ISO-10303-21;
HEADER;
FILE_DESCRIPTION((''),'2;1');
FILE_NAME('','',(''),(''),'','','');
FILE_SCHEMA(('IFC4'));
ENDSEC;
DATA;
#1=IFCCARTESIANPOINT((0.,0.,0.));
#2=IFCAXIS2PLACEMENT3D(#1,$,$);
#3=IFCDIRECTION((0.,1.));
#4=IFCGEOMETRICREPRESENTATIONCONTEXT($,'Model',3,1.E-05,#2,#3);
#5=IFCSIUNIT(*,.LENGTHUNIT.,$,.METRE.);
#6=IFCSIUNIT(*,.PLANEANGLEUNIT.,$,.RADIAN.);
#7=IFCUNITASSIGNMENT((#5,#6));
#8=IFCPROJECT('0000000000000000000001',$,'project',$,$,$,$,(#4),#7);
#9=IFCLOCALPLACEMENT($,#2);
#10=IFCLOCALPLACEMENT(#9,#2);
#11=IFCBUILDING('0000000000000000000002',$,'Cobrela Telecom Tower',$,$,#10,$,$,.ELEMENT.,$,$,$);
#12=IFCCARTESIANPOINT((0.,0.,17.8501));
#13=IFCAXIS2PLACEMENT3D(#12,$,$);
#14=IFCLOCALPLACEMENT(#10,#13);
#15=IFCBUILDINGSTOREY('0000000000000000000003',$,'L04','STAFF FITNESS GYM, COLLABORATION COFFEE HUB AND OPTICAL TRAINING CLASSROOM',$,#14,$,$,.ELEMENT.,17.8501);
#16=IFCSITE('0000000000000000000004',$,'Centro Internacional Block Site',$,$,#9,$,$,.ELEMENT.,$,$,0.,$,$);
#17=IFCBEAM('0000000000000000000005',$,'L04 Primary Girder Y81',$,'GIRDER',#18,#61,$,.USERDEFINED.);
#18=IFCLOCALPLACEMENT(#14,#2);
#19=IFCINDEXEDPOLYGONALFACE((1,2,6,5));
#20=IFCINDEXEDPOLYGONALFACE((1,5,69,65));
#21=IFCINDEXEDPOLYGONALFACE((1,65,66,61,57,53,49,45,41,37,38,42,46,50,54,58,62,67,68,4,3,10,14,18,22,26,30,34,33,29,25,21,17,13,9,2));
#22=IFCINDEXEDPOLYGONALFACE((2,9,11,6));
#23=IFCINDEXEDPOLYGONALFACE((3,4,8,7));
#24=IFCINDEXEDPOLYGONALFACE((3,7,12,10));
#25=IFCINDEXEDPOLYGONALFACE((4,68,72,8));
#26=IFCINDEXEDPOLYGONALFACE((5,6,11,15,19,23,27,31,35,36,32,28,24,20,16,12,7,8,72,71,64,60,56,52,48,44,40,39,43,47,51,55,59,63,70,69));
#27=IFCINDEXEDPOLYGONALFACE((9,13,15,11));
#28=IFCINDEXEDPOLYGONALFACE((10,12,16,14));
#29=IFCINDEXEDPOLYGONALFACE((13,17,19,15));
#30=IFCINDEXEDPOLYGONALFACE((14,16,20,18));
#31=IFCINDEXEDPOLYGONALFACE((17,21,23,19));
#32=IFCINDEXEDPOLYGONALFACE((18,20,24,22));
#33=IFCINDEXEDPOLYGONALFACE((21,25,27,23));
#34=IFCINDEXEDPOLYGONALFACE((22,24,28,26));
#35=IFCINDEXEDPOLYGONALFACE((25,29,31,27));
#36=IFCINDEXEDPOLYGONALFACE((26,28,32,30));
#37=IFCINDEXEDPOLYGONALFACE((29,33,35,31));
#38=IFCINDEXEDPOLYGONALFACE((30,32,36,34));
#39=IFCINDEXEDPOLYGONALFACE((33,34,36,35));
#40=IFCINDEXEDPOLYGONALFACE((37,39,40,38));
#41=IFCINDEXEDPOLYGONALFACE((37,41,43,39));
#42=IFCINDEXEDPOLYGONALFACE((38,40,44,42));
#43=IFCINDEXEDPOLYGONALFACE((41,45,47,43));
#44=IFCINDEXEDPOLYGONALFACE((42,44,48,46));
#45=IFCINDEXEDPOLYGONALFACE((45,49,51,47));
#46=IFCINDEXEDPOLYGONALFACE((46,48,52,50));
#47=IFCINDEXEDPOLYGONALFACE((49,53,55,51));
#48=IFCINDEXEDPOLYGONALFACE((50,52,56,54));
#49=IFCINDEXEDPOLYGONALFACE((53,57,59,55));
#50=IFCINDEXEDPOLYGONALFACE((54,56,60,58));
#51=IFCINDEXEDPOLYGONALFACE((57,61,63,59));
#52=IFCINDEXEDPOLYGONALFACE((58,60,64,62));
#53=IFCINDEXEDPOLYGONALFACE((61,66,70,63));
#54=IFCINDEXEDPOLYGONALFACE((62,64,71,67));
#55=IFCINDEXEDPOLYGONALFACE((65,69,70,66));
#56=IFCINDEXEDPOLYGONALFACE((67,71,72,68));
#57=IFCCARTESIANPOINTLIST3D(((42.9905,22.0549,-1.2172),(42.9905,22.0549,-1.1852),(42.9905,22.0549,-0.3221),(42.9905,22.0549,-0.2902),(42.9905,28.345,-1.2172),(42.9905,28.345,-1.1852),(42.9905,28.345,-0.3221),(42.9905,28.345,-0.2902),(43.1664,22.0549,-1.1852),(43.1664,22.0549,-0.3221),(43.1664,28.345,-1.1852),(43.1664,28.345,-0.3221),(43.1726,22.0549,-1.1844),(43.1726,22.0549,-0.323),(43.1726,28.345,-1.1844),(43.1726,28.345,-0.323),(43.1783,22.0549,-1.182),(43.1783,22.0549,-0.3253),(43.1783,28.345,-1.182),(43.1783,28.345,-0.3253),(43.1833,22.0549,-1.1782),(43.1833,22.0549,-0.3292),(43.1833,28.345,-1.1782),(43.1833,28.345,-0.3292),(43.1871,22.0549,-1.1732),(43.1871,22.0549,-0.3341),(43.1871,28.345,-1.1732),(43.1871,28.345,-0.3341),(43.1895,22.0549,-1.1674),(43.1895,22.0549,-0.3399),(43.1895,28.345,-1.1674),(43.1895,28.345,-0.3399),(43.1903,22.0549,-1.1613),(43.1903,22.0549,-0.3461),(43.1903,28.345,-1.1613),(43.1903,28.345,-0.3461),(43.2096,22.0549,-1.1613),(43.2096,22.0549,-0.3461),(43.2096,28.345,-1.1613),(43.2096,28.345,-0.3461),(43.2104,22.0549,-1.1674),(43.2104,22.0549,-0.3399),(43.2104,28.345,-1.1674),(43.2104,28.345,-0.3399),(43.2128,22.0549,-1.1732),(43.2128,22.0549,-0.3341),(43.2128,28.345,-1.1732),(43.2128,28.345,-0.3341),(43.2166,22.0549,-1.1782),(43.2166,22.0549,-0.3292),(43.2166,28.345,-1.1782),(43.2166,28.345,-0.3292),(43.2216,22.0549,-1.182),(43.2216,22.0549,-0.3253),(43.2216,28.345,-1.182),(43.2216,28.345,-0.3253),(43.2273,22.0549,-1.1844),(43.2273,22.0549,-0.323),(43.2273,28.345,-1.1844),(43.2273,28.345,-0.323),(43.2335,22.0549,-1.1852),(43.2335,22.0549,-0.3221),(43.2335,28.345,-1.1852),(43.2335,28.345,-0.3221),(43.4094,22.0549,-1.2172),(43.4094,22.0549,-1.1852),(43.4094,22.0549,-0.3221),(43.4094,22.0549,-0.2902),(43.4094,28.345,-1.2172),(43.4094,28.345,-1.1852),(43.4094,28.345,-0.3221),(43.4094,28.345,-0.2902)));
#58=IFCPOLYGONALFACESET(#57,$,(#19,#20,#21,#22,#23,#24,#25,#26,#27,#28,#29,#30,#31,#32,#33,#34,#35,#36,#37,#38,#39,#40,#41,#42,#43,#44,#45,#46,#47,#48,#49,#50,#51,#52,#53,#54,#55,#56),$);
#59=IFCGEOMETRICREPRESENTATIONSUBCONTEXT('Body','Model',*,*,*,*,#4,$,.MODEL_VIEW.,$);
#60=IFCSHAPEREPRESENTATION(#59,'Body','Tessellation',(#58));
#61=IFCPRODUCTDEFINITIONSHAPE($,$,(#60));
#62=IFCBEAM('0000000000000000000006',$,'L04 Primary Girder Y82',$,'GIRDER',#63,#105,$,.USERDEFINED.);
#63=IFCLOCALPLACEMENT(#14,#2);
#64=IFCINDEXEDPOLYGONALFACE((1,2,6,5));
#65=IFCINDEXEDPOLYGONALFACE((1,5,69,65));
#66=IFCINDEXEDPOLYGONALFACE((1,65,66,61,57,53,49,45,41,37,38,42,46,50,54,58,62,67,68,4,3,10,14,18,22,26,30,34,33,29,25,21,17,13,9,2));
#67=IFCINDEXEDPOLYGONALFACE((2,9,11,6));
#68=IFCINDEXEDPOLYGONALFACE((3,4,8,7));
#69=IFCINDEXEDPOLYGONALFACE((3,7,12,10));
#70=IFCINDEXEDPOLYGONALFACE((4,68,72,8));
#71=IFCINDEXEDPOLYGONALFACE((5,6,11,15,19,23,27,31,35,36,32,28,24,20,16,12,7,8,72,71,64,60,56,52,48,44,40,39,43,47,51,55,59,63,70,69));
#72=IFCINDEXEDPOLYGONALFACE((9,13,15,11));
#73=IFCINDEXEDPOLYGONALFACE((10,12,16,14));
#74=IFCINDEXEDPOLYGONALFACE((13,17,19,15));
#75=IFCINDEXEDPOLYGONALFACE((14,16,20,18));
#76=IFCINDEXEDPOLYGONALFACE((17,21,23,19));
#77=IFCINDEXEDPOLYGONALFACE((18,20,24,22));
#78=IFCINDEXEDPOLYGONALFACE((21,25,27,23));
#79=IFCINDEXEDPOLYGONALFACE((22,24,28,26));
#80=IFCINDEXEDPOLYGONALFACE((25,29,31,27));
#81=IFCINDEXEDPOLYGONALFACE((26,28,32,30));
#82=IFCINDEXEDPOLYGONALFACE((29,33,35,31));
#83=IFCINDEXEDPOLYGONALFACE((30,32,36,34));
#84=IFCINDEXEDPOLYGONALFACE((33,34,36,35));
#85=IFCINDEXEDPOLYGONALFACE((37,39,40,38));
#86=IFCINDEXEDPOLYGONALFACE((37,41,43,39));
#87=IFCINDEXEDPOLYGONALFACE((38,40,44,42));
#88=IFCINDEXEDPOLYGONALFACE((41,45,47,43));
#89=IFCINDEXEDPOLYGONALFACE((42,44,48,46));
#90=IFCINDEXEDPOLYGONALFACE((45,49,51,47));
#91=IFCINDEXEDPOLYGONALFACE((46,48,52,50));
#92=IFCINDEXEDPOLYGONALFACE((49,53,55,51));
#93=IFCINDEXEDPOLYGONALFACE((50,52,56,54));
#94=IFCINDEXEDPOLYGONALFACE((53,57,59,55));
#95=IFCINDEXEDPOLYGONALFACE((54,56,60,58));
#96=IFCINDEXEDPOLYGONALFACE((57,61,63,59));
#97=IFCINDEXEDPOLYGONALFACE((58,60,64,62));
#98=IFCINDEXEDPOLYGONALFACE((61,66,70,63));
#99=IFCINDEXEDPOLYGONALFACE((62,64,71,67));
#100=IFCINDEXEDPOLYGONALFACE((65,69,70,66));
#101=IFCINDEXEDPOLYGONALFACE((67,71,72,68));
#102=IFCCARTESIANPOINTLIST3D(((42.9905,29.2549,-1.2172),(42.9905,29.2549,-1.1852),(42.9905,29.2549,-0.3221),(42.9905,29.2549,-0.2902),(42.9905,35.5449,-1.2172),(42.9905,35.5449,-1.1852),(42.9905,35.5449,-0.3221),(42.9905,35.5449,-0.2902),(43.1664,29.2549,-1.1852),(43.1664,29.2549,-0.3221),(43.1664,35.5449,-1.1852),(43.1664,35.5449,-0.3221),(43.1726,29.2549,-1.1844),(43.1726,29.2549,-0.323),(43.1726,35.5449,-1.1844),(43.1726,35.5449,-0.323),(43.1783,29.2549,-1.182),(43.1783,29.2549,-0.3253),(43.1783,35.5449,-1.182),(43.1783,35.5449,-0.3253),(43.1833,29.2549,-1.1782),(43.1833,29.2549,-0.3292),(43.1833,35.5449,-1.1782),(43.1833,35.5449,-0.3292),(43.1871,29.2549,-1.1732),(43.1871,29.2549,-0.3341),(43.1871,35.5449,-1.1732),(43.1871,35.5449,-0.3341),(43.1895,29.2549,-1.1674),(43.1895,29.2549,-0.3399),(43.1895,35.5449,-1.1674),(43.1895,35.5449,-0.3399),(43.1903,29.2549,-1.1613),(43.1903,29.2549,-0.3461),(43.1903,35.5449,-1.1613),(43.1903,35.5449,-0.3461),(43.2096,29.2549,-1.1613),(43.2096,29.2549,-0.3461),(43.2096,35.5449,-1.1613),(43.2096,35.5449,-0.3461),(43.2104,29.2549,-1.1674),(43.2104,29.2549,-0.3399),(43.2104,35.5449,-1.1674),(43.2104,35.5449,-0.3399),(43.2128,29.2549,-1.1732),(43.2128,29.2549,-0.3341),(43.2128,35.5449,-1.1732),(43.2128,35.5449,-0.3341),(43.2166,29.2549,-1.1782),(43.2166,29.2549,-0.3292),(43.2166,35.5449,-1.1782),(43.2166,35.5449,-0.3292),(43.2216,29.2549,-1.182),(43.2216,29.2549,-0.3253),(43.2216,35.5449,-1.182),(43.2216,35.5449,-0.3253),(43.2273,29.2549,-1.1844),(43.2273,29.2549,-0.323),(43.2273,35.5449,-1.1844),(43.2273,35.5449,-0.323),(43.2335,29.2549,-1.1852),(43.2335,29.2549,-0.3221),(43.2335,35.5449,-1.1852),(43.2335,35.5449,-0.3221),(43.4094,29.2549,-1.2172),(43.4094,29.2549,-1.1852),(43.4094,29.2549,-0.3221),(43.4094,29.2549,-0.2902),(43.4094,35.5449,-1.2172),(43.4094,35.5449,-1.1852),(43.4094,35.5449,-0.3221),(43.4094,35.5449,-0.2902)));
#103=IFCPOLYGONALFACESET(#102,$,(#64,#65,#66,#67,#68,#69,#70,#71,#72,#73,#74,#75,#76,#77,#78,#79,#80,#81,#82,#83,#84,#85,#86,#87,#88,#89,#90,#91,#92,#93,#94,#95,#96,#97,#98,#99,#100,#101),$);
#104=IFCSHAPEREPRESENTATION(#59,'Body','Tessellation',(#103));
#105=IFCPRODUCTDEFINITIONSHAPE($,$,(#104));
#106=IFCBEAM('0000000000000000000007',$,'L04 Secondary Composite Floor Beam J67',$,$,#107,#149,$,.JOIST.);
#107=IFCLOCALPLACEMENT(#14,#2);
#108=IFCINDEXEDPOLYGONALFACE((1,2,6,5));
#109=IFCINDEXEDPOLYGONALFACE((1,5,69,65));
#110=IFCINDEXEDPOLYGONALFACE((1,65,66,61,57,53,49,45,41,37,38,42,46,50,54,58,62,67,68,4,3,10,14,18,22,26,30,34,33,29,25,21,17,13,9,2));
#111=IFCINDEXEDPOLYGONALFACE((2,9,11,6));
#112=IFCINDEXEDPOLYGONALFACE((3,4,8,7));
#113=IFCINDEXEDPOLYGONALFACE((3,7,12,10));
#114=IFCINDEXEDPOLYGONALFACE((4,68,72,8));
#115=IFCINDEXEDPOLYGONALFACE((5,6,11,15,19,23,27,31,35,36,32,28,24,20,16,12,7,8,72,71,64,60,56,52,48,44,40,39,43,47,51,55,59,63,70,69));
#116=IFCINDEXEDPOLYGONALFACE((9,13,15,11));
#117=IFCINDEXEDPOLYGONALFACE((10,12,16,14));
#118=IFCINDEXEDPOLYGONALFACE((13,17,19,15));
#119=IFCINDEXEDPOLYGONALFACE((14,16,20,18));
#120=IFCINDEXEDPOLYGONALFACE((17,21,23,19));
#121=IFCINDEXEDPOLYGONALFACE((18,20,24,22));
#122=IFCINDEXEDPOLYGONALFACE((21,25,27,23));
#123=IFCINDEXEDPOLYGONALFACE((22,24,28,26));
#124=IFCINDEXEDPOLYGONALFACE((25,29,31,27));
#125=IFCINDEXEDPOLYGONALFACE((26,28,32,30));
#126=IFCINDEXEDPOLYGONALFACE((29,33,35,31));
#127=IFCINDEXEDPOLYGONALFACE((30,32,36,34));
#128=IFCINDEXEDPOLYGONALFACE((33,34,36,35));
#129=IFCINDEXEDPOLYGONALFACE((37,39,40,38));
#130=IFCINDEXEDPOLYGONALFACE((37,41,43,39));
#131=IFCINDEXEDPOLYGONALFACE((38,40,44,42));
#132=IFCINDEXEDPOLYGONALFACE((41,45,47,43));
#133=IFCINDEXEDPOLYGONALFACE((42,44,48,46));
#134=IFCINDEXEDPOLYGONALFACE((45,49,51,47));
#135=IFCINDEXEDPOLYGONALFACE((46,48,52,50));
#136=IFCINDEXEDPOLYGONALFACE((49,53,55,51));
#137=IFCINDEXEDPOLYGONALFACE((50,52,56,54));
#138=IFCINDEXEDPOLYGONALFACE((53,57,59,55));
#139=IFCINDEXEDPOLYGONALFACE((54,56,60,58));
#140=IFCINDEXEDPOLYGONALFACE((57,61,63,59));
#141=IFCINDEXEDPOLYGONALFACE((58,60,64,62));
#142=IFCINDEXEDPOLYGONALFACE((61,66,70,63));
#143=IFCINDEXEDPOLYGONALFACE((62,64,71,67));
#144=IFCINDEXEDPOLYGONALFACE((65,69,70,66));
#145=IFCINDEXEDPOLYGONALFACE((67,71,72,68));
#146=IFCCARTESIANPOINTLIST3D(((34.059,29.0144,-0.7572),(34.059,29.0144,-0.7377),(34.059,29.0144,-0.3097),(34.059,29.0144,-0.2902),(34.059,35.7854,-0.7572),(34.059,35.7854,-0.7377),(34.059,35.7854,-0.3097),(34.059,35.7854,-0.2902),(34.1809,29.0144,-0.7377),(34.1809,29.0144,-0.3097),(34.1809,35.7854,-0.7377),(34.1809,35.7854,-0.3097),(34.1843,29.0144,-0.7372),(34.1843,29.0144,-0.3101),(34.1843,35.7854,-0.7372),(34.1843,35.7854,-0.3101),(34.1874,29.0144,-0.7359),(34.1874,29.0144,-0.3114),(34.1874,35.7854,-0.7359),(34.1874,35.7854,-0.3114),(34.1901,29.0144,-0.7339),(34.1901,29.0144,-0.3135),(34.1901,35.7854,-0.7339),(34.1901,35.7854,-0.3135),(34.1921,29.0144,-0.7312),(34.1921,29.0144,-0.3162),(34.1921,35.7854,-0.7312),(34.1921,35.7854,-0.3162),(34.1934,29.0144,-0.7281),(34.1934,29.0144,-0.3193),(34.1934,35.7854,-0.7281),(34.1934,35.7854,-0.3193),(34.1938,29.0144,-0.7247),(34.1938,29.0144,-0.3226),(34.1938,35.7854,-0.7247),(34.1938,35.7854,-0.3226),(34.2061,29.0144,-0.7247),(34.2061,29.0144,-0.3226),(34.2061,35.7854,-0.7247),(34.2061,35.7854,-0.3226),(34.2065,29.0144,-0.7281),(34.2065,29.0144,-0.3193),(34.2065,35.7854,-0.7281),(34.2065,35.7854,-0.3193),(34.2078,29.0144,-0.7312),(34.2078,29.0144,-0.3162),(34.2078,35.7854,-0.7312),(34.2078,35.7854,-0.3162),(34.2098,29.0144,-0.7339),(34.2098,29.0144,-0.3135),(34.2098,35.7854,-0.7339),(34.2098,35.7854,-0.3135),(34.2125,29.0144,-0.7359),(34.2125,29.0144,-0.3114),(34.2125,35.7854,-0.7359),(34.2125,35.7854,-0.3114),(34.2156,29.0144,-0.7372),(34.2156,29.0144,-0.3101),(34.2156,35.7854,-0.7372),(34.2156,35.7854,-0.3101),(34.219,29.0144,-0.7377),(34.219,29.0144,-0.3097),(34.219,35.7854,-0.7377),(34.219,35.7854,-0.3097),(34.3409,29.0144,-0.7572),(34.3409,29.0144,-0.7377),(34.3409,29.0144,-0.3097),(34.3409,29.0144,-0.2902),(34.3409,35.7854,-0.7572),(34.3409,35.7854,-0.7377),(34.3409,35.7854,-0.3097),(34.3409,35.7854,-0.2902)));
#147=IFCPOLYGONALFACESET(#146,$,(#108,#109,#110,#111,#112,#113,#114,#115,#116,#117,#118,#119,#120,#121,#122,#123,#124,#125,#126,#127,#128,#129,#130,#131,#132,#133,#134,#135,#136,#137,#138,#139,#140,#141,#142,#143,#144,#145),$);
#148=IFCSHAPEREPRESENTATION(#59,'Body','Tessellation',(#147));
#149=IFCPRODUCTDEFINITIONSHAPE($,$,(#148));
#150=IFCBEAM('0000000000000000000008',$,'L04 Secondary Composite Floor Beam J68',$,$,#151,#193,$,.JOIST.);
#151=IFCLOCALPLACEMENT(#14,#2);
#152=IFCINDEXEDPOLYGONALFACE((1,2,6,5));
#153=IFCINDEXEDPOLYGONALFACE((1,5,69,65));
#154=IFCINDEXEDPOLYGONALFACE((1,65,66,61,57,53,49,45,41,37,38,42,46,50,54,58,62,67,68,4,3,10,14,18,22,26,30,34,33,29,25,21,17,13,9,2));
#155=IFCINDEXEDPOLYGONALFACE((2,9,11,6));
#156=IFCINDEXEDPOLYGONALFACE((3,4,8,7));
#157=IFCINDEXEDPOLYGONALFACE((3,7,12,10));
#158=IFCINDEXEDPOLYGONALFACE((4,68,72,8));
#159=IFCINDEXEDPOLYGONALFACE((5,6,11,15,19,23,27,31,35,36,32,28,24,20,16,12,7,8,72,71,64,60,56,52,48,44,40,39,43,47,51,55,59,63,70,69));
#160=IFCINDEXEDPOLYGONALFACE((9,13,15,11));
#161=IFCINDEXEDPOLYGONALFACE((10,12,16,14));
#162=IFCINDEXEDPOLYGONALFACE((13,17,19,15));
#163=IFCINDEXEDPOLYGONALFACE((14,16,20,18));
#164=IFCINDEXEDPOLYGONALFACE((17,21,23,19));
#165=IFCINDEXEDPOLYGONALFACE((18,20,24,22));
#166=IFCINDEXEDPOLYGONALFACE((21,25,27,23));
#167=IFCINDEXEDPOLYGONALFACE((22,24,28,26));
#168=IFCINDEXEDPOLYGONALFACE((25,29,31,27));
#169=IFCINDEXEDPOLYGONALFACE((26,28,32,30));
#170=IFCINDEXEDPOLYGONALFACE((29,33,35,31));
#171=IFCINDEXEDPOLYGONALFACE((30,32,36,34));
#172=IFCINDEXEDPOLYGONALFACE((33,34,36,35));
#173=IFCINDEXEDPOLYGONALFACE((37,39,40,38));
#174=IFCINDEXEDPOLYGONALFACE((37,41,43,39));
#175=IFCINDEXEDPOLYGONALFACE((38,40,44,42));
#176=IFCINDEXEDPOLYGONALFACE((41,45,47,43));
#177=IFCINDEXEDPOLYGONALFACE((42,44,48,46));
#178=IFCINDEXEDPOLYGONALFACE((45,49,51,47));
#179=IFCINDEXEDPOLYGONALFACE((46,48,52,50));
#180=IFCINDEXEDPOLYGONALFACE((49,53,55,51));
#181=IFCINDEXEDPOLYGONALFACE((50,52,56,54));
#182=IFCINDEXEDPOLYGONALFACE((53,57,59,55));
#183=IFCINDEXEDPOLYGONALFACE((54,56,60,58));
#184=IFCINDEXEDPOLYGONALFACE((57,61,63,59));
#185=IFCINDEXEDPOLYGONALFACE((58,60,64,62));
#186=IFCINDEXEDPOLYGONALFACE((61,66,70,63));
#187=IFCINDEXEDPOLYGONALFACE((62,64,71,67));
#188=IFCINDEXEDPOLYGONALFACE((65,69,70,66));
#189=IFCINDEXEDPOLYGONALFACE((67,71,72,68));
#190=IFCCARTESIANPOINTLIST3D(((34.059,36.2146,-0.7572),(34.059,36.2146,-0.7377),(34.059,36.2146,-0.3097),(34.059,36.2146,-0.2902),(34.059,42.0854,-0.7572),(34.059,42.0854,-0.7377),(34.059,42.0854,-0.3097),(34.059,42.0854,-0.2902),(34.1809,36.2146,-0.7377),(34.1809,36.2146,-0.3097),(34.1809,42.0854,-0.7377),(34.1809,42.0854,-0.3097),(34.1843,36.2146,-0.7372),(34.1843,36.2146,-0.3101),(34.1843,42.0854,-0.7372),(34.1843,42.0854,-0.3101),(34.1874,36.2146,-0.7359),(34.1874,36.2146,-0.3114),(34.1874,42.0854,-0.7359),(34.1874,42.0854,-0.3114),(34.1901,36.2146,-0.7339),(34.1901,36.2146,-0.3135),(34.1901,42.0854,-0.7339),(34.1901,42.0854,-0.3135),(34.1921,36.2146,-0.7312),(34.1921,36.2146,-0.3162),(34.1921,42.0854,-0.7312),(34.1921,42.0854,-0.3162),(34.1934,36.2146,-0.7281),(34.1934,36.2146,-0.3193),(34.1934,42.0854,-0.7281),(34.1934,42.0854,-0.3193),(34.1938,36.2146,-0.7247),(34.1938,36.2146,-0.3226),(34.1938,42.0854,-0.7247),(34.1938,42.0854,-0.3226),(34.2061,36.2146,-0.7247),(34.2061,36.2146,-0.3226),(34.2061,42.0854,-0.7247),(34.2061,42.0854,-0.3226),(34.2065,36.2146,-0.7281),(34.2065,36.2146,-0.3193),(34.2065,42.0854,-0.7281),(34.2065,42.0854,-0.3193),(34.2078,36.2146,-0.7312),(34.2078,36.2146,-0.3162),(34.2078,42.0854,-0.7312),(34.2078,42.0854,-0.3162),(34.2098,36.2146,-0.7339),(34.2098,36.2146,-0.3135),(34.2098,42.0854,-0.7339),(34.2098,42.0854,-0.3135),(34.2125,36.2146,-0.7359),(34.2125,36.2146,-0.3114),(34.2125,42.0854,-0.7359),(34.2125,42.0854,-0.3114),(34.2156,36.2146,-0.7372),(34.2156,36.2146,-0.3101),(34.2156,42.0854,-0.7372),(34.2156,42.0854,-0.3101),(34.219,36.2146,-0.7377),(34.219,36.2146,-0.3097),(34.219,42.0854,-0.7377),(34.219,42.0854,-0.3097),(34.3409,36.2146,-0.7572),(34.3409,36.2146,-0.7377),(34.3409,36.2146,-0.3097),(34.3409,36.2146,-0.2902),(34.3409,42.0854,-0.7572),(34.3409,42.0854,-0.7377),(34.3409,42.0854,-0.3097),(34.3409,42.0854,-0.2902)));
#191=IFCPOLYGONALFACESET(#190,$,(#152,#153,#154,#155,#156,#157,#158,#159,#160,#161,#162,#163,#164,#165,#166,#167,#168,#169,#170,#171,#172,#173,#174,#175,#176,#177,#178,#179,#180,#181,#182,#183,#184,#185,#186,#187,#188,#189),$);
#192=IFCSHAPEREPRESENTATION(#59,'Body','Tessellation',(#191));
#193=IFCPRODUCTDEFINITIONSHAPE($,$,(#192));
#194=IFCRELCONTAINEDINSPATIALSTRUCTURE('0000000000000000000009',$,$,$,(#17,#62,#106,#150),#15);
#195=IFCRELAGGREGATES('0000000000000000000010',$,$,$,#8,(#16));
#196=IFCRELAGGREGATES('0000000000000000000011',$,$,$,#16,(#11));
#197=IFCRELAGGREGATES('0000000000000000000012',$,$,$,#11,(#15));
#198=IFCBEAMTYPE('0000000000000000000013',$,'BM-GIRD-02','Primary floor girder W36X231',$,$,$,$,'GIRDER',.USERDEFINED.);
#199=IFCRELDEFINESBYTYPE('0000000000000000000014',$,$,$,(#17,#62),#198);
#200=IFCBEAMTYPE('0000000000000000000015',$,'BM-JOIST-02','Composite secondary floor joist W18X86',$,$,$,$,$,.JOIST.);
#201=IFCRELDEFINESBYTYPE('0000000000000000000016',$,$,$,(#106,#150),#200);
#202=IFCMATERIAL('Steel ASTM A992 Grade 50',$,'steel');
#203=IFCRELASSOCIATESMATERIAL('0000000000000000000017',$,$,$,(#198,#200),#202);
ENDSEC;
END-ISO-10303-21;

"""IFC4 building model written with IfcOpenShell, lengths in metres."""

from ifc_helpers import new_model, si_unit, direction, frame, origin, origin_2d, place, context, subcontext, project, spatial, i_section, extrude, material, material_profile, profile_set, type_object, element, save


model = new_model("IFC4")

# Units and contexts
model_context = context("Model", 3, precision=1e-05, world=origin(), true_north=direction((0.0, 1.0)))
body_context = subcontext(model_context, "Body", "Model", "MODEL_VIEW")
ifc_project = project(units=[si_unit("LENGTHUNIT", "METRE"), si_unit("PLANEANGLEUNIT", "RADIAN")], contexts=[model_context])

# Site, building, storey
site_placement = place(None, origin())
site = spatial("IfcSite", under=ifc_project, at=site_placement, Name="Centro Internacional Block Site", CompositionType="ELEMENT", RefElevation=0.0)
building_placement = place(site_placement, origin())
building = spatial("IfcBuilding", under=site, at=building_placement, Name="Cobrela Telecom Tower", CompositionType="ELEMENT")
storey_placement = place(building_placement, frame((0.0, 0.0, 17.8501)))
storey = spatial("IfcBuildingStorey", under=building, at=storey_placement, Name="L04", Description="STAFF FITNESS GYM, COLLABORATION COFFEE HUB AND OPTICAL TRAINING CLASSROOM", CompositionType="ELEMENT", Elevation=17.8501)

# Beams
ifc_material_1 = material(Name="Steel ASTM A992 Grade 50", Category="steel")
ifc_material_profile_1 = material_profile(ifc_material_1, i_section(OverallWidth=0.4189, OverallDepth=0.927, WebThickness=0.0193, FlangeThickness=0.032, FilletRadius=0.0239, at=origin_2d()), Name="W36X231")
ifc_profile_set_1 = profile_set([ifc_material_profile_1], Name="Steel ASTM A992 Grade 50")
beam_type_1 = type_object("IfcBeamType", Name="BM-GIRD-02", Description="Primary floor girder W36X231", ElementType="GIRDER", PredefinedType="USERDEFINED", material=ifc_profile_set_1)
for number, where, z_axis, x_axis, name in (
    (1, (43.2, 22.0549, -0.7537), (0.0, 1.0, 0.0), (-1.0, 0.0, 0.0), "L04 Primary Girder Y81"),
    (2, (43.2, 29.2549, -0.7537), (0.0, 1.0, 0.0), (-1.0, 0.0, 0.0), "L04 Primary Girder Y82"),
):
    element("IfcBeam", number, at=place(storey_placement, frame(where, z_axis=z_axis, x_axis=x_axis)), inside=storey, type_object=beam_type_1, Name=name, ObjectType="GIRDER", PredefinedType="USERDEFINED", context=body_context, shape_type="SweptSolid", body=[
        extrude(i_section(OverallWidth=0.4189, OverallDepth=0.927, WebThickness=0.0193, FlangeThickness=0.032, FilletRadius=0.0239, at=origin_2d()), origin(), (0.0, 0.0, 1.0), 6.29),
    ])
ifc_material_profile_2 = material_profile(ifc_material_1, i_section(OverallWidth=0.282, OverallDepth=0.467, WebThickness=0.0122, FlangeThickness=0.0195, FilletRadius=0.0129, at=origin_2d()), Name="W18X86")
ifc_profile_set_2 = profile_set([ifc_material_profile_2], Name="Steel ASTM A992 Grade 50")
beam_type_2 = type_object("IfcBeamType", Name="BM-JOIST-02", Description="Composite secondary floor joist W18X86", PredefinedType="JOIST", material=ifc_profile_set_2)
beam_1_placement = place(storey_placement, frame((34.2, 29.0144, -0.5237), z_axis=(0.0, 1.0, 0.0), x_axis=(-1.0, 0.0, 0.0)))
element("IfcBeam", 3, at=beam_1_placement, inside=storey, type_object=beam_type_2, Name="L04 Secondary Composite Floor Beam J67", PredefinedType="JOIST", context=body_context, shape_type="SweptSolid", body=[
    extrude(i_section(OverallWidth=0.282, OverallDepth=0.467, WebThickness=0.0122, FlangeThickness=0.0195, FilletRadius=0.0129, at=origin_2d()), origin(), (0.0, 0.0, 1.0), 6.771),
])
beam_2_placement = place(storey_placement, frame((34.2, 36.2146, -0.5237), z_axis=(0.0, 1.0, 0.0), x_axis=(-1.0, 0.0, 0.0)))
element("IfcBeam", 4, at=beam_2_placement, inside=storey, type_object=beam_type_2, Name="L04 Secondary Composite Floor Beam J68", PredefinedType="JOIST", context=body_context, shape_type="SweptSolid", body=[
    extrude(i_section(OverallWidth=0.282, OverallDepth=0.467, WebThickness=0.0122, FlangeThickness=0.0195, FilletRadius=0.0129, at=origin_2d()), origin(), (0.0, 0.0, 1.0), 5.8708),
])

save(model, "model.ifc")
